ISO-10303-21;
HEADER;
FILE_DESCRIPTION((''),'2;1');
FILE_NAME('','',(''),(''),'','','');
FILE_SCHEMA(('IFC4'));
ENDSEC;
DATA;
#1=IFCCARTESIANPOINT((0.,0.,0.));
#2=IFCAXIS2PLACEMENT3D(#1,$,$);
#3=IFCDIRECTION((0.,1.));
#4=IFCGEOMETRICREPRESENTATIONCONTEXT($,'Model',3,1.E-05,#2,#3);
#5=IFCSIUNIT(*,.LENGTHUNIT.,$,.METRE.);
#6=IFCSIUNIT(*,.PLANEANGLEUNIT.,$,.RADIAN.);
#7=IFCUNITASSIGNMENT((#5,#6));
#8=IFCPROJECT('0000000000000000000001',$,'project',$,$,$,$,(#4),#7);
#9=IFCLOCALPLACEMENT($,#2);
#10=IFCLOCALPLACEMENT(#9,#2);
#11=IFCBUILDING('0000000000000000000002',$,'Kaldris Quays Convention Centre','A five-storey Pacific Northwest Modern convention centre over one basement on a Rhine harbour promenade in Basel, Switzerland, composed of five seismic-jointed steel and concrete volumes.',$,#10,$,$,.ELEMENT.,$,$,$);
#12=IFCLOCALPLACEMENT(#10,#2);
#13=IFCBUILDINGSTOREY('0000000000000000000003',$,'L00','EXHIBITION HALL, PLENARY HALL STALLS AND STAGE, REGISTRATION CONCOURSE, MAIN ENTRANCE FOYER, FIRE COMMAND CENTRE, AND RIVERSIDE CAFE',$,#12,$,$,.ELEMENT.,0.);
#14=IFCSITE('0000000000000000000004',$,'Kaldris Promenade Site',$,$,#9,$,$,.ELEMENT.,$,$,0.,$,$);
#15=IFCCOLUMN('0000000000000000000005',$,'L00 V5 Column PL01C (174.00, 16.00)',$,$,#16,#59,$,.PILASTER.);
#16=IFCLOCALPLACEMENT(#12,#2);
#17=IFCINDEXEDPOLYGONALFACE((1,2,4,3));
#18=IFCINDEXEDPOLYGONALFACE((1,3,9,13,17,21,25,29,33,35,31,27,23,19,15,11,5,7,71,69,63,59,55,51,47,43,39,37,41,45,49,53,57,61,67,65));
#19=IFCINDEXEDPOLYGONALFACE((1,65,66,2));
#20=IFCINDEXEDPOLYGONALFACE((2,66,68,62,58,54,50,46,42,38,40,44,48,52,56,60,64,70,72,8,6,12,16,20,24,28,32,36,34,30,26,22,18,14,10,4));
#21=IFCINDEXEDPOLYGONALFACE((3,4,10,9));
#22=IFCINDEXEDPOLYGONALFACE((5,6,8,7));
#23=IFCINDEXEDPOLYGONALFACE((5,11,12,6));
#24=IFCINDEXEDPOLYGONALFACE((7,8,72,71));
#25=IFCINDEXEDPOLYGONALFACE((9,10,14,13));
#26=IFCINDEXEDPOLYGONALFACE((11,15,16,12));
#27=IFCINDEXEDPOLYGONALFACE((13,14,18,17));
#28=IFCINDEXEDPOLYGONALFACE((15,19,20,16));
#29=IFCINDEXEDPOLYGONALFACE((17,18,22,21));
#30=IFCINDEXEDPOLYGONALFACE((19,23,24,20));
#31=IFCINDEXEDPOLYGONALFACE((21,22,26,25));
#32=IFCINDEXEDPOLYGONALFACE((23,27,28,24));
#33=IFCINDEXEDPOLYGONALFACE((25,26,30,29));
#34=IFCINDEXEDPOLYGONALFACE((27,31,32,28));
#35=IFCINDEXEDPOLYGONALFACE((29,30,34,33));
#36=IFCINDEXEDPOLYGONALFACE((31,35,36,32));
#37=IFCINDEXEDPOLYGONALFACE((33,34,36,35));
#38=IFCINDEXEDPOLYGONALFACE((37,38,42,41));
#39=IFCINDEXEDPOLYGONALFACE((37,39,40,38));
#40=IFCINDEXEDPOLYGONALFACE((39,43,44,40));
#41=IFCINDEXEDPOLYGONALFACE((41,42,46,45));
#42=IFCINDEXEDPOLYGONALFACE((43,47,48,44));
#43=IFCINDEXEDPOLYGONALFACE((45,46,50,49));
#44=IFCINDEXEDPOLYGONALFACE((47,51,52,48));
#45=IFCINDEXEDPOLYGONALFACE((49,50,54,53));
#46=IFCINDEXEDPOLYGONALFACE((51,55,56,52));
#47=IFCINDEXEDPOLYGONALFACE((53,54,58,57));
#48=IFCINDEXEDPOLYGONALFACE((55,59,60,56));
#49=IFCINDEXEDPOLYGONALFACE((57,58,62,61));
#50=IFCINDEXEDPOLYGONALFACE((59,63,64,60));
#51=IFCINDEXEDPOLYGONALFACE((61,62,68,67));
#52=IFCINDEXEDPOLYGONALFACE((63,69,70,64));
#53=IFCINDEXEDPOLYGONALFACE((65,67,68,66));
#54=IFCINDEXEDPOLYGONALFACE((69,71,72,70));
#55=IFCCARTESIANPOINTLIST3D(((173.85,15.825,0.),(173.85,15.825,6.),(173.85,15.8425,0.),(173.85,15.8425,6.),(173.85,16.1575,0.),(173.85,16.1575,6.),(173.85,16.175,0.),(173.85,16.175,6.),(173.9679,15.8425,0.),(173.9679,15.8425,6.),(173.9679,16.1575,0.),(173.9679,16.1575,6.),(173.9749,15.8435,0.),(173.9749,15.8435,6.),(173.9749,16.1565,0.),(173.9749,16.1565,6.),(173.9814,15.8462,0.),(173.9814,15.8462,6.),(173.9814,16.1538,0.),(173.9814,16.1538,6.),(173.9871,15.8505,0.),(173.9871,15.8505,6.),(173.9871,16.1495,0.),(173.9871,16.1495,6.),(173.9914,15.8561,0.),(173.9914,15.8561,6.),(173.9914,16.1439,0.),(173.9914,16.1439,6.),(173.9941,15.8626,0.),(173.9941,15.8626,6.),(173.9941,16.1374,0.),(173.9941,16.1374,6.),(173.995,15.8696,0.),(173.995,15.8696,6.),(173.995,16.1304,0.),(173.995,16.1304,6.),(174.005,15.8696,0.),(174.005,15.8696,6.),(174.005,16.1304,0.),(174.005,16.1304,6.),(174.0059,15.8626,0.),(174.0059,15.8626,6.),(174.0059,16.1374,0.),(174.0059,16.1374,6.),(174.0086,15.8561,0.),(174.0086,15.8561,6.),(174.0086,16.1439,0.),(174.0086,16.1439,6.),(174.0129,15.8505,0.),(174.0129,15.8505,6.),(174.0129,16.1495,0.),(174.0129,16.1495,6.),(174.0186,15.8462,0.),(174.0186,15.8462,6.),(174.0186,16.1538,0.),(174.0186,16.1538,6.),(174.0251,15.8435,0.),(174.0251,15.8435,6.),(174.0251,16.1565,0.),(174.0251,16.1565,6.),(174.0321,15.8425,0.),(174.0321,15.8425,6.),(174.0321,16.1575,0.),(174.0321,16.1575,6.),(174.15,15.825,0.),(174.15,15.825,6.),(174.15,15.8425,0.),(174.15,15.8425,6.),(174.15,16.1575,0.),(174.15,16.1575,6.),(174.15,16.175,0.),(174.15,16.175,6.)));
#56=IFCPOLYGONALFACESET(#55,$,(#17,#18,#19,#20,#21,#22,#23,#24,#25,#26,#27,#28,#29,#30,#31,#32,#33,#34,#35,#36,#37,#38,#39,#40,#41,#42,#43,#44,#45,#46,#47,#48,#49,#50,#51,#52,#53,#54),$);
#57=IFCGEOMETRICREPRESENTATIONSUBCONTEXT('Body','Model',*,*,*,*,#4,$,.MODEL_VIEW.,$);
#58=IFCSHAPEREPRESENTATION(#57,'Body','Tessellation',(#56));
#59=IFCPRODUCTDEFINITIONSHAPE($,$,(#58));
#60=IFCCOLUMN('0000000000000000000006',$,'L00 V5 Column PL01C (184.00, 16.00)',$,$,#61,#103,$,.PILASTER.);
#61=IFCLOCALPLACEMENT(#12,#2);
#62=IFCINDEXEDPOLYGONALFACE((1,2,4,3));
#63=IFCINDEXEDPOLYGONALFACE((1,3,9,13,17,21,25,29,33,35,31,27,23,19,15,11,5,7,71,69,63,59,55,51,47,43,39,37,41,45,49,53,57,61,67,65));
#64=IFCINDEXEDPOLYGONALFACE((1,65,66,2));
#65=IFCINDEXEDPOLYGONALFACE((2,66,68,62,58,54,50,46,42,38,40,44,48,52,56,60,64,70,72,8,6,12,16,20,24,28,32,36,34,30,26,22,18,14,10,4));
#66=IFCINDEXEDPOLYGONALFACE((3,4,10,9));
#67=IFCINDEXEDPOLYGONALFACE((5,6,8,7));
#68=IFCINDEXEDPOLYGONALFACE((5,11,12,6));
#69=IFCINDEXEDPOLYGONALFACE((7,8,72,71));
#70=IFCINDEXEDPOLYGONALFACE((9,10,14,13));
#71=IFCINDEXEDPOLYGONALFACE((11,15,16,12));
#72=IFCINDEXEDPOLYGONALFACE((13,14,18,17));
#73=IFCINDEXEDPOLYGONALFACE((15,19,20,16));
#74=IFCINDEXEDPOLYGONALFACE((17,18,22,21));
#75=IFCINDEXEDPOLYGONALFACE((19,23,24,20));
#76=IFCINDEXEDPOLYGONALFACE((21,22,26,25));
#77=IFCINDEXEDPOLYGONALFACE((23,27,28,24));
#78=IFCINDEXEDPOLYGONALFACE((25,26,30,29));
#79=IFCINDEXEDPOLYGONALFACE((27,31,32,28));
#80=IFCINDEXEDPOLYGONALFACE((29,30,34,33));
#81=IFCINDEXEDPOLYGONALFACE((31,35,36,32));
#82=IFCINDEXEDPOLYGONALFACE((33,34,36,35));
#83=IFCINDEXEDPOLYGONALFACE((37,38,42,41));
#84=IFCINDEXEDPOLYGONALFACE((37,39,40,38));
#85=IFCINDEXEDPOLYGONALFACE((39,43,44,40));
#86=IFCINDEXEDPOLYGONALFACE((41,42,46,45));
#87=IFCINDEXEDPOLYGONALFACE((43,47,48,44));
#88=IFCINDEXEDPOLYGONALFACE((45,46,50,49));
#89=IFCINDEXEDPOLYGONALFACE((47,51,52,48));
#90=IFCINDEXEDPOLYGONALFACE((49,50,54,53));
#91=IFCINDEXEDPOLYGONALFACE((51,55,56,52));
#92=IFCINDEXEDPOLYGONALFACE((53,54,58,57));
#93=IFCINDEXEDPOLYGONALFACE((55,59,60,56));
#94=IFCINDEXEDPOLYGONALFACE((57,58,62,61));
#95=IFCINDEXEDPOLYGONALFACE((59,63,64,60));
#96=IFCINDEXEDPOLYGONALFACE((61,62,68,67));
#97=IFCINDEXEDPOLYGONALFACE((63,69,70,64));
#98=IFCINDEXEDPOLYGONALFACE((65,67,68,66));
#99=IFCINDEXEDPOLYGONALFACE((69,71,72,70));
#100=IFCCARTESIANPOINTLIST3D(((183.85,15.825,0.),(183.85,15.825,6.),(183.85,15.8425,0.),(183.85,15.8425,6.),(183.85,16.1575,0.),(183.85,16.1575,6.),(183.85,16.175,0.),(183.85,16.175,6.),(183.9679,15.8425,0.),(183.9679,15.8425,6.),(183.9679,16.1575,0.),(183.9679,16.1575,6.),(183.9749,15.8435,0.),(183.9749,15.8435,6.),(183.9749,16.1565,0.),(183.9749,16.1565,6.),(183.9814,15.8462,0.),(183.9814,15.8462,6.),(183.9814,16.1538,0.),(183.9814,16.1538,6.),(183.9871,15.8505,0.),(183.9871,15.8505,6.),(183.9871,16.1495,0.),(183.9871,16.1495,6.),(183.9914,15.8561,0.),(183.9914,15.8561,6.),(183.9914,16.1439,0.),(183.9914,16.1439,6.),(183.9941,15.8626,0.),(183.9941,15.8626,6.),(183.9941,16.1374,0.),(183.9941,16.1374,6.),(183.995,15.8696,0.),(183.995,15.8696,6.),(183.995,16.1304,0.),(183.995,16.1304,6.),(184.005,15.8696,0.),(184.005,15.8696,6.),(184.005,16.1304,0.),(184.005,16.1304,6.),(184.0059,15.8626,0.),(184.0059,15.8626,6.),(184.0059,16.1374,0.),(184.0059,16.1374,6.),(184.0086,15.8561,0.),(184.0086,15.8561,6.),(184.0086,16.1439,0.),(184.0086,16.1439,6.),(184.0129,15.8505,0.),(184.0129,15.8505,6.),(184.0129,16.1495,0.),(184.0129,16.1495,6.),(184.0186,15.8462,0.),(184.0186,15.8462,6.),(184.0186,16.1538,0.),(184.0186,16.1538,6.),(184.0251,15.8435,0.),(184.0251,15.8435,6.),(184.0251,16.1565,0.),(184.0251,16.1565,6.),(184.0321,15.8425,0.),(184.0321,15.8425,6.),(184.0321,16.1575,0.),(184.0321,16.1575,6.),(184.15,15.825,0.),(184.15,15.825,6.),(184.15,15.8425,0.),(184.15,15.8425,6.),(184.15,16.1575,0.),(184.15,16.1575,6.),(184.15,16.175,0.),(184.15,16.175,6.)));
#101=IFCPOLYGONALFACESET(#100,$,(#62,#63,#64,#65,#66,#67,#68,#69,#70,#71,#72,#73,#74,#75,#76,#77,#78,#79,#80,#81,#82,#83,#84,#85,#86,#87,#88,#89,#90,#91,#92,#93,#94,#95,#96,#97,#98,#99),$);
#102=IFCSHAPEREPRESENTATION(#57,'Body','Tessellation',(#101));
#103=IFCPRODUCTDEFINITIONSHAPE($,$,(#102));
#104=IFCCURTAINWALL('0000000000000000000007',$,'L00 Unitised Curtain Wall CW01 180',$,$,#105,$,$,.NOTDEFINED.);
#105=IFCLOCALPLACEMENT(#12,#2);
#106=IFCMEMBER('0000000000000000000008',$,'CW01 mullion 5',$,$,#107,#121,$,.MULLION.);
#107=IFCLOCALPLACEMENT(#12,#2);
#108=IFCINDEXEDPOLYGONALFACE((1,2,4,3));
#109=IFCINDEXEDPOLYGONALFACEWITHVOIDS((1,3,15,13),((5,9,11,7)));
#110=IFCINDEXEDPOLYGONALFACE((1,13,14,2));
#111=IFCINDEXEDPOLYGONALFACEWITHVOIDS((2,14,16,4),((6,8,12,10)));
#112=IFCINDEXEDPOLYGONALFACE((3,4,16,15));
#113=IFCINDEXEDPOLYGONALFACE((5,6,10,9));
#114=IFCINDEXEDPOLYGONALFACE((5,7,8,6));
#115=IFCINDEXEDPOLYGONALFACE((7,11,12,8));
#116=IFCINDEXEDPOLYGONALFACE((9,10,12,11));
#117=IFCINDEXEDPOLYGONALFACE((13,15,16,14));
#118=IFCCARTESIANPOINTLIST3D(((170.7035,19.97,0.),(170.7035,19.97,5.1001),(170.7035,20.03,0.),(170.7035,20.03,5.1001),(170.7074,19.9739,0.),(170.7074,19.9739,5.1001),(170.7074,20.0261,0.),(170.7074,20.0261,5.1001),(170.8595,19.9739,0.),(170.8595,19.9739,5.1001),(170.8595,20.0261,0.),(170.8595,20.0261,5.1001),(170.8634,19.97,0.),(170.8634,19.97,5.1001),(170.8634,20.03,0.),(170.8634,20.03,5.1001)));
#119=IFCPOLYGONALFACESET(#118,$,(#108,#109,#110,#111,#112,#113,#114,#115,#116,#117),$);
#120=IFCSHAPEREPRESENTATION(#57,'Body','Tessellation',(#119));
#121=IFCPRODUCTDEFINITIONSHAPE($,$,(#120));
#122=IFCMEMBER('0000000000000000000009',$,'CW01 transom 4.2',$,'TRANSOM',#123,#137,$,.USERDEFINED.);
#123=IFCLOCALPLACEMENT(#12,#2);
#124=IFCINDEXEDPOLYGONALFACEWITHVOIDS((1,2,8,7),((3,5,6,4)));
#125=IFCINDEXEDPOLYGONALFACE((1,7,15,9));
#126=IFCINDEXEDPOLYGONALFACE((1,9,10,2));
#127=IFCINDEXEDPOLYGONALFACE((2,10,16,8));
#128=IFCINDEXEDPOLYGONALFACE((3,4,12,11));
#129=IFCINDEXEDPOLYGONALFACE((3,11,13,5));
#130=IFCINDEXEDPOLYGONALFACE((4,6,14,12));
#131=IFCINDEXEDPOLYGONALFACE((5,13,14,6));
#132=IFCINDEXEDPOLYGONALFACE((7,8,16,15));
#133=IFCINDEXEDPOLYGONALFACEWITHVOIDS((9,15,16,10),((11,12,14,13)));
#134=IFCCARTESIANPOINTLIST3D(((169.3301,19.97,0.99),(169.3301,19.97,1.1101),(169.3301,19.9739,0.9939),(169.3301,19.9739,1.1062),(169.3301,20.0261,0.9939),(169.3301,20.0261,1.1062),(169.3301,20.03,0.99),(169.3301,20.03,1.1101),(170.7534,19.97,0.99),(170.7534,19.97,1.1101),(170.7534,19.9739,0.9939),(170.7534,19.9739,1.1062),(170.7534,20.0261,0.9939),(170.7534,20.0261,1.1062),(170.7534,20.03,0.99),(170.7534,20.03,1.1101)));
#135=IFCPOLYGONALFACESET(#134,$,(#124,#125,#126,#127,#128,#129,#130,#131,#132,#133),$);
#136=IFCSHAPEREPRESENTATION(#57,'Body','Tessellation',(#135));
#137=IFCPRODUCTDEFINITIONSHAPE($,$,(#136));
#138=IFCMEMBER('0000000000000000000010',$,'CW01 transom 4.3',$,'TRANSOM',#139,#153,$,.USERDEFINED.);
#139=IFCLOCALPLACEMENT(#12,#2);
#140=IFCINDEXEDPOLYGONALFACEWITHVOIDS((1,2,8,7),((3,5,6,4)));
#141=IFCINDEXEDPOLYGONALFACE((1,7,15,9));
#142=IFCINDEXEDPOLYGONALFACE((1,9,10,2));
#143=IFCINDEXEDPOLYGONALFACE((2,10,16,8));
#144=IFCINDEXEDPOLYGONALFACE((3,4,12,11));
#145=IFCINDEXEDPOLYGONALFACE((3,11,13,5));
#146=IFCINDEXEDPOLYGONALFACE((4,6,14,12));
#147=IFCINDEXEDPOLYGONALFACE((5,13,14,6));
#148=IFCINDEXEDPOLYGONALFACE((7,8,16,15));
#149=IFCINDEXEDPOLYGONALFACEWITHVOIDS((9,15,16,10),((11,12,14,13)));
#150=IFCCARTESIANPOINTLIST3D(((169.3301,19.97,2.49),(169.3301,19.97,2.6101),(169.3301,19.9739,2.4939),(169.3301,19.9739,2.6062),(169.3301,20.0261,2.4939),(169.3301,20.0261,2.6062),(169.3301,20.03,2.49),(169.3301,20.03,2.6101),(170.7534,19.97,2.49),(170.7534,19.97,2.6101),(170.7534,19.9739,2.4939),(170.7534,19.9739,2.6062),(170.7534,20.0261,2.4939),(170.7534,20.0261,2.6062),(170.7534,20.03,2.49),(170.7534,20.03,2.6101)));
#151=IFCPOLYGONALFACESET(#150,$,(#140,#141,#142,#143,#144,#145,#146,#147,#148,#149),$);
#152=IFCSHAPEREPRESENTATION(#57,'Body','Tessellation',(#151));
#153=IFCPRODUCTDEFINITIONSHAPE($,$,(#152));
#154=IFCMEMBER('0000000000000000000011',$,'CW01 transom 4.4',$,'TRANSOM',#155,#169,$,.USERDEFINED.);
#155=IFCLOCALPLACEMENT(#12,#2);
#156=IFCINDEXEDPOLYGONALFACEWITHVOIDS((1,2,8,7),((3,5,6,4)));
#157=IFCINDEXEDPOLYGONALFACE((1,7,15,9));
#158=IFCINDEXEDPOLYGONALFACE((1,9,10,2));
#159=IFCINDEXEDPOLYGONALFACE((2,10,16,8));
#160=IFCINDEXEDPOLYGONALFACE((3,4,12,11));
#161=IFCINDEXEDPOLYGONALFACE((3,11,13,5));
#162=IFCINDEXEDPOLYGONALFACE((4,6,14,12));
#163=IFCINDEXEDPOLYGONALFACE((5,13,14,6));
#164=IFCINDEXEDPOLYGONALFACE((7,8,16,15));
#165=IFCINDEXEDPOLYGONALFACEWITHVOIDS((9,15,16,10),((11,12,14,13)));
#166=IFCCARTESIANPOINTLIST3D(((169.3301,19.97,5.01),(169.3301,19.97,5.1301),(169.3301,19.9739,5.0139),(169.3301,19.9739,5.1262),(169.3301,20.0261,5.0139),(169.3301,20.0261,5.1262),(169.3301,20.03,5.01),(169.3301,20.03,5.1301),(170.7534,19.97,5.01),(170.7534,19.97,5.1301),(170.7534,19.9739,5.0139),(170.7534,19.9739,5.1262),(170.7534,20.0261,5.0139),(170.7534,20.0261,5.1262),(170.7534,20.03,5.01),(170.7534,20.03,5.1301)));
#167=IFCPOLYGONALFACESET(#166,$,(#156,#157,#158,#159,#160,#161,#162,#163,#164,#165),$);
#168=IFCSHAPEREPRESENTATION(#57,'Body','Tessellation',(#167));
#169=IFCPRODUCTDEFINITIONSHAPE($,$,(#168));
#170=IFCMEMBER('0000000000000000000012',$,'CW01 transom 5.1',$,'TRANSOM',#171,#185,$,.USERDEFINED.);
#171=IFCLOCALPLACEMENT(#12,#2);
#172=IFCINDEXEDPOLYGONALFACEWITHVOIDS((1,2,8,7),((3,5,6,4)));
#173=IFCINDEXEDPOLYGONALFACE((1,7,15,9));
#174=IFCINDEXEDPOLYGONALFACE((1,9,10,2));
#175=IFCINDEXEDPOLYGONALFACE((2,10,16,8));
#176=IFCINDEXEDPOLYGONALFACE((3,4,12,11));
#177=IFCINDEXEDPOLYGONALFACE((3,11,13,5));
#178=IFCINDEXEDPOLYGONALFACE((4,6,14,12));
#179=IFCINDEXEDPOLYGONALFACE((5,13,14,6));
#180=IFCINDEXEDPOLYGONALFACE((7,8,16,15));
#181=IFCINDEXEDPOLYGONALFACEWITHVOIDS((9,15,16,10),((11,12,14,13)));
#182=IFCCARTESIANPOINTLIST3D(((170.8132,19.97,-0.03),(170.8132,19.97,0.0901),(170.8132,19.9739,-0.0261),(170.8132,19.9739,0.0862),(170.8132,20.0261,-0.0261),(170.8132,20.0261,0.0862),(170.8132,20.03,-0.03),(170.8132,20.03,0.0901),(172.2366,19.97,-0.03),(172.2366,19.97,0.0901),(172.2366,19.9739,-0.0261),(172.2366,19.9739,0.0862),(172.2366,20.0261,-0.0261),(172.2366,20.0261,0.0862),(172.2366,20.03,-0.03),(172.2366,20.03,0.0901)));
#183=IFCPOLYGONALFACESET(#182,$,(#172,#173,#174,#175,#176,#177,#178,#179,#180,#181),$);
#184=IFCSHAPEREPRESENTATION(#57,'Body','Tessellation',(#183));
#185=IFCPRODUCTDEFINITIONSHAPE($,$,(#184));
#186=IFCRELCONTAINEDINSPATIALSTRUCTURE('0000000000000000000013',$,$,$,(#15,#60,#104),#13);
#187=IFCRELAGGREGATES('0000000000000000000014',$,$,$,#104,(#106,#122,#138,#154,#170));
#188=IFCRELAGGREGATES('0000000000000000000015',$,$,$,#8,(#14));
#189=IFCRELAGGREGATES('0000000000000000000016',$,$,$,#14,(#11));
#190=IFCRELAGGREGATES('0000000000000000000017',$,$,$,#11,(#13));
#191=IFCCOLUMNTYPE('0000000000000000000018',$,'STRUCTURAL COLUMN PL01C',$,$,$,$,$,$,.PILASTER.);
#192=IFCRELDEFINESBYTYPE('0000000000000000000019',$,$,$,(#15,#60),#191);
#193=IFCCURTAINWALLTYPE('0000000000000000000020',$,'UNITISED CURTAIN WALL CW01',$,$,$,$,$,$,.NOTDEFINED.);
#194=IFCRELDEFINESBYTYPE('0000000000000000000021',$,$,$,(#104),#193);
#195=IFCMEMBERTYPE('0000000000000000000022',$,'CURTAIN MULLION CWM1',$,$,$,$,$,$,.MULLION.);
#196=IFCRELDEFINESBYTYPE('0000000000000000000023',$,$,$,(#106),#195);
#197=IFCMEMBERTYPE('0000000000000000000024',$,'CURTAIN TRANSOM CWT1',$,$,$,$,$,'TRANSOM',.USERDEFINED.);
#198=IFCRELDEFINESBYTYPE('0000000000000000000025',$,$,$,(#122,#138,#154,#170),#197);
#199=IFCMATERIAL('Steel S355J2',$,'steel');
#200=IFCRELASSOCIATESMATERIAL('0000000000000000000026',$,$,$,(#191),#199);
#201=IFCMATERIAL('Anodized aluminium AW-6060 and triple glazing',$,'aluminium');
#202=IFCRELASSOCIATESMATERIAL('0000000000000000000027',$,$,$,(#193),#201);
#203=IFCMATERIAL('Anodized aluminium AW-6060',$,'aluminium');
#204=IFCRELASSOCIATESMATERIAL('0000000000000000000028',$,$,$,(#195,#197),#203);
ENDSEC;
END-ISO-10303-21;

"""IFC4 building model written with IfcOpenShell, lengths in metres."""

from ifc_helpers import new_model, si_unit, direction, frame, origin, origin_2d, place, context, subcontext, project, spatial, hollow_rectangle, i_section, extrude, material, material_profile, profile_set, type_object, element, aggregate, save


model = new_model("IFC4")

# Units and contexts
model_context = context("Model", 3, precision=1e-05, world=origin(), true_north=direction((0.0, 1.0)))
body_context = subcontext(model_context, "Body", "Model", "MODEL_VIEW")
ifc_project = project(units=[si_unit("LENGTHUNIT", "METRE"), si_unit("PLANEANGLEUNIT", "RADIAN")], contexts=[model_context])

# Site, building, storey
site_placement = place(None, origin())
site = spatial("IfcSite", under=ifc_project, at=site_placement, Name="Kaldris Promenade Site", CompositionType="ELEMENT", RefElevation=0.0)
building_placement = place(site_placement, origin())
building = spatial("IfcBuilding", under=site, at=building_placement, Name="Kaldris Quays Convention Centre", Description="A five-storey Pacific Northwest Modern convention centre over one basement on a Rhine harbour promenade in Basel, Switzerland, composed of five seismic-jointed steel and concrete volumes.", CompositionType="ELEMENT")
storey_placement = place(building_placement, origin())
storey = spatial("IfcBuildingStorey", under=building, at=storey_placement, Name="L00", Description="EXHIBITION HALL, PLENARY HALL STALLS AND STAGE, REGISTRATION CONCOURSE, MAIN ENTRANCE FOYER, FIRE COMMAND CENTRE, AND RIVERSIDE CAFE", CompositionType="ELEMENT", Elevation=0.0)

# Columns
ifc_material_1 = material(Name="Steel S355J2", Category="steel")
ifc_material_profile_1 = material_profile(ifc_material_1, i_section(OverallWidth=0.3, OverallDepth=0.3501, WebThickness=0.01, FlangeThickness=0.0176, FilletRadius=0.0271, at=origin_2d()), Name="HEA 360")
ifc_profile_set_1 = profile_set([ifc_material_profile_1], Name="Steel S355J2")
column_type = type_object("IfcColumnType", Name="STRUCTURAL COLUMN PL01C", PredefinedType="PILASTER", material=ifc_profile_set_1)
for number, where, z_axis, x_axis, name in (
    (1, (174.0, 16.0, 0.0), (0.0, 0.0, 1.0), (1.0, 0.0, 0.0), "L00 V5 Column PL01C (174.00, 16.00)"),
    (2, (184.0, 16.0, 0.0), (0.0, 0.0, 1.0), (1.0, 0.0, 0.0), "L00 V5 Column PL01C (184.00, 16.00)"),
):
    element("IfcColumn", number, at=place(storey_placement, frame(where, z_axis=z_axis, x_axis=x_axis)), inside=storey, type_object=column_type, Name=name, PredefinedType="PILASTER", context=body_context, shape_type="SweptSolid", body=[
        extrude(i_section(OverallWidth=0.3, OverallDepth=0.3501, WebThickness=0.01, FlangeThickness=0.0176, FilletRadius=0.0271, at=origin_2d()), origin(), (0.0, 0.0, 1.0), 6.0),
    ])

# Curtain wall, members
ifc_material_2 = material(Name="Anodized aluminium AW-6060 and triple glazing", Category="aluminium")
curtain_wall_type = type_object("IfcCurtainWallType", Name="UNITISED CURTAIN WALL CW01", PredefinedType="NOTDEFINED", material=ifc_material_2)
curtain_wall_placement = place(storey_placement, origin())
curtain_wall = element("IfcCurtainWall", 3, at=curtain_wall_placement, inside=storey, type_object=curtain_wall_type, Name="L00 Unitised Curtain Wall CW01 180", PredefinedType="NOTDEFINED")
ifc_material_3 = material(Name="Anodized aluminium AW-6060", Category="aluminium")
ifc_material_profile_2 = material_profile(ifc_material_3, hollow_rectangle(XDim=0.0601, YDim=0.1599, WallThickness=0.0039, at=origin_2d()), Name="RHS 160x60x4")
ifc_profile_set_2 = profile_set([ifc_material_profile_2], Name="Anodized aluminium AW-6060")
member_type_1 = type_object("IfcMemberType", Name="CURTAIN MULLION CWM1", PredefinedType="MULLION", material=ifc_profile_set_2)
member_1_placement = place(storey_placement, frame((170.7834, 20.0, 0.0), z_axis=(0.0, 0.0, 1.0), x_axis=(0.0, 1.0, 0.0)))
member_1 = element("IfcMember", 4, at=member_1_placement, type_object=member_type_1, Name="CW01 mullion 5", PredefinedType="MULLION", context=body_context, shape_type="SweptSolid", body=[
    extrude(hollow_rectangle(XDim=0.0601, YDim=0.1599, WallThickness=0.0039, at=origin_2d()), origin(), (0.0, 0.0, 1.0), 5.1001),
])
ifc_material_profile_3 = material_profile(ifc_material_3, hollow_rectangle(XDim=0.0601, YDim=0.1201, WallThickness=0.0039, at=origin_2d()), Name="RHS 120x60x4")
ifc_profile_set_3 = profile_set([ifc_material_profile_3], Name="Anodized aluminium AW-6060")
member_type_2 = type_object("IfcMemberType", Name="CURTAIN TRANSOM CWT1", ElementType="TRANSOM", PredefinedType="USERDEFINED", material=ifc_profile_set_3)
member_2_placement = place(storey_placement, frame((169.3301, 20.0, 1.05), z_axis=(1.0, 0.0, 0.0), x_axis=(0.0, 1.0, 0.0)))
member_2 = element("IfcMember", 5, at=member_2_placement, type_object=member_type_2, Name="CW01 transom 4.2", ObjectType="TRANSOM", PredefinedType="USERDEFINED", context=body_context, shape_type="SweptSolid", body=[
    extrude(hollow_rectangle(XDim=0.0601, YDim=0.1201, WallThickness=0.0039, at=origin_2d()), origin(), (0.0, 0.0, 1.0), 1.4233),
])
member_3_placement = place(storey_placement, frame((169.3301, 20.0, 2.55), z_axis=(1.0, 0.0, 0.0), x_axis=(0.0, 1.0, 0.0)))
member_3 = element("IfcMember", 6, at=member_3_placement, type_object=member_type_2, Name="CW01 transom 4.3", ObjectType="TRANSOM", PredefinedType="USERDEFINED", context=body_context, shape_type="SweptSolid", body=[
    extrude(hollow_rectangle(XDim=0.0601, YDim=0.1201, WallThickness=0.0039, at=origin_2d()), origin(), (0.0, 0.0, 1.0), 1.4233),
])
member_4_placement = place(storey_placement, frame((169.3301, 20.0, 5.0701), z_axis=(1.0, 0.0, 0.0), x_axis=(0.0, 1.0, 0.0)))
member_4 = element("IfcMember", 7, at=member_4_placement, type_object=member_type_2, Name="CW01 transom 4.4", ObjectType="TRANSOM", PredefinedType="USERDEFINED", context=body_context, shape_type="SweptSolid", body=[
    extrude(hollow_rectangle(XDim=0.0601, YDim=0.1201, WallThickness=0.0039, at=origin_2d()), origin(), (0.0, 0.0, 1.0), 1.4233),
])
member_5_placement = place(storey_placement, frame((170.8132, 20.0, 0.03), z_axis=(1.0, 0.0, 0.0), x_axis=(0.0, 1.0, 0.0)))
member_5 = element("IfcMember", 8, at=member_5_placement, type_object=member_type_2, Name="CW01 transom 5.1", ObjectType="TRANSOM", PredefinedType="USERDEFINED", context=body_context, shape_type="SweptSolid", body=[
    extrude(hollow_rectangle(XDim=0.0601, YDim=0.1201, WallThickness=0.0039, at=origin_2d()), origin(), (0.0, 0.0, 1.0), 1.4233),
])

aggregate(curtain_wall, [member_1, member_2, member_3, member_4, member_5])

save(model, "model.ifc")
